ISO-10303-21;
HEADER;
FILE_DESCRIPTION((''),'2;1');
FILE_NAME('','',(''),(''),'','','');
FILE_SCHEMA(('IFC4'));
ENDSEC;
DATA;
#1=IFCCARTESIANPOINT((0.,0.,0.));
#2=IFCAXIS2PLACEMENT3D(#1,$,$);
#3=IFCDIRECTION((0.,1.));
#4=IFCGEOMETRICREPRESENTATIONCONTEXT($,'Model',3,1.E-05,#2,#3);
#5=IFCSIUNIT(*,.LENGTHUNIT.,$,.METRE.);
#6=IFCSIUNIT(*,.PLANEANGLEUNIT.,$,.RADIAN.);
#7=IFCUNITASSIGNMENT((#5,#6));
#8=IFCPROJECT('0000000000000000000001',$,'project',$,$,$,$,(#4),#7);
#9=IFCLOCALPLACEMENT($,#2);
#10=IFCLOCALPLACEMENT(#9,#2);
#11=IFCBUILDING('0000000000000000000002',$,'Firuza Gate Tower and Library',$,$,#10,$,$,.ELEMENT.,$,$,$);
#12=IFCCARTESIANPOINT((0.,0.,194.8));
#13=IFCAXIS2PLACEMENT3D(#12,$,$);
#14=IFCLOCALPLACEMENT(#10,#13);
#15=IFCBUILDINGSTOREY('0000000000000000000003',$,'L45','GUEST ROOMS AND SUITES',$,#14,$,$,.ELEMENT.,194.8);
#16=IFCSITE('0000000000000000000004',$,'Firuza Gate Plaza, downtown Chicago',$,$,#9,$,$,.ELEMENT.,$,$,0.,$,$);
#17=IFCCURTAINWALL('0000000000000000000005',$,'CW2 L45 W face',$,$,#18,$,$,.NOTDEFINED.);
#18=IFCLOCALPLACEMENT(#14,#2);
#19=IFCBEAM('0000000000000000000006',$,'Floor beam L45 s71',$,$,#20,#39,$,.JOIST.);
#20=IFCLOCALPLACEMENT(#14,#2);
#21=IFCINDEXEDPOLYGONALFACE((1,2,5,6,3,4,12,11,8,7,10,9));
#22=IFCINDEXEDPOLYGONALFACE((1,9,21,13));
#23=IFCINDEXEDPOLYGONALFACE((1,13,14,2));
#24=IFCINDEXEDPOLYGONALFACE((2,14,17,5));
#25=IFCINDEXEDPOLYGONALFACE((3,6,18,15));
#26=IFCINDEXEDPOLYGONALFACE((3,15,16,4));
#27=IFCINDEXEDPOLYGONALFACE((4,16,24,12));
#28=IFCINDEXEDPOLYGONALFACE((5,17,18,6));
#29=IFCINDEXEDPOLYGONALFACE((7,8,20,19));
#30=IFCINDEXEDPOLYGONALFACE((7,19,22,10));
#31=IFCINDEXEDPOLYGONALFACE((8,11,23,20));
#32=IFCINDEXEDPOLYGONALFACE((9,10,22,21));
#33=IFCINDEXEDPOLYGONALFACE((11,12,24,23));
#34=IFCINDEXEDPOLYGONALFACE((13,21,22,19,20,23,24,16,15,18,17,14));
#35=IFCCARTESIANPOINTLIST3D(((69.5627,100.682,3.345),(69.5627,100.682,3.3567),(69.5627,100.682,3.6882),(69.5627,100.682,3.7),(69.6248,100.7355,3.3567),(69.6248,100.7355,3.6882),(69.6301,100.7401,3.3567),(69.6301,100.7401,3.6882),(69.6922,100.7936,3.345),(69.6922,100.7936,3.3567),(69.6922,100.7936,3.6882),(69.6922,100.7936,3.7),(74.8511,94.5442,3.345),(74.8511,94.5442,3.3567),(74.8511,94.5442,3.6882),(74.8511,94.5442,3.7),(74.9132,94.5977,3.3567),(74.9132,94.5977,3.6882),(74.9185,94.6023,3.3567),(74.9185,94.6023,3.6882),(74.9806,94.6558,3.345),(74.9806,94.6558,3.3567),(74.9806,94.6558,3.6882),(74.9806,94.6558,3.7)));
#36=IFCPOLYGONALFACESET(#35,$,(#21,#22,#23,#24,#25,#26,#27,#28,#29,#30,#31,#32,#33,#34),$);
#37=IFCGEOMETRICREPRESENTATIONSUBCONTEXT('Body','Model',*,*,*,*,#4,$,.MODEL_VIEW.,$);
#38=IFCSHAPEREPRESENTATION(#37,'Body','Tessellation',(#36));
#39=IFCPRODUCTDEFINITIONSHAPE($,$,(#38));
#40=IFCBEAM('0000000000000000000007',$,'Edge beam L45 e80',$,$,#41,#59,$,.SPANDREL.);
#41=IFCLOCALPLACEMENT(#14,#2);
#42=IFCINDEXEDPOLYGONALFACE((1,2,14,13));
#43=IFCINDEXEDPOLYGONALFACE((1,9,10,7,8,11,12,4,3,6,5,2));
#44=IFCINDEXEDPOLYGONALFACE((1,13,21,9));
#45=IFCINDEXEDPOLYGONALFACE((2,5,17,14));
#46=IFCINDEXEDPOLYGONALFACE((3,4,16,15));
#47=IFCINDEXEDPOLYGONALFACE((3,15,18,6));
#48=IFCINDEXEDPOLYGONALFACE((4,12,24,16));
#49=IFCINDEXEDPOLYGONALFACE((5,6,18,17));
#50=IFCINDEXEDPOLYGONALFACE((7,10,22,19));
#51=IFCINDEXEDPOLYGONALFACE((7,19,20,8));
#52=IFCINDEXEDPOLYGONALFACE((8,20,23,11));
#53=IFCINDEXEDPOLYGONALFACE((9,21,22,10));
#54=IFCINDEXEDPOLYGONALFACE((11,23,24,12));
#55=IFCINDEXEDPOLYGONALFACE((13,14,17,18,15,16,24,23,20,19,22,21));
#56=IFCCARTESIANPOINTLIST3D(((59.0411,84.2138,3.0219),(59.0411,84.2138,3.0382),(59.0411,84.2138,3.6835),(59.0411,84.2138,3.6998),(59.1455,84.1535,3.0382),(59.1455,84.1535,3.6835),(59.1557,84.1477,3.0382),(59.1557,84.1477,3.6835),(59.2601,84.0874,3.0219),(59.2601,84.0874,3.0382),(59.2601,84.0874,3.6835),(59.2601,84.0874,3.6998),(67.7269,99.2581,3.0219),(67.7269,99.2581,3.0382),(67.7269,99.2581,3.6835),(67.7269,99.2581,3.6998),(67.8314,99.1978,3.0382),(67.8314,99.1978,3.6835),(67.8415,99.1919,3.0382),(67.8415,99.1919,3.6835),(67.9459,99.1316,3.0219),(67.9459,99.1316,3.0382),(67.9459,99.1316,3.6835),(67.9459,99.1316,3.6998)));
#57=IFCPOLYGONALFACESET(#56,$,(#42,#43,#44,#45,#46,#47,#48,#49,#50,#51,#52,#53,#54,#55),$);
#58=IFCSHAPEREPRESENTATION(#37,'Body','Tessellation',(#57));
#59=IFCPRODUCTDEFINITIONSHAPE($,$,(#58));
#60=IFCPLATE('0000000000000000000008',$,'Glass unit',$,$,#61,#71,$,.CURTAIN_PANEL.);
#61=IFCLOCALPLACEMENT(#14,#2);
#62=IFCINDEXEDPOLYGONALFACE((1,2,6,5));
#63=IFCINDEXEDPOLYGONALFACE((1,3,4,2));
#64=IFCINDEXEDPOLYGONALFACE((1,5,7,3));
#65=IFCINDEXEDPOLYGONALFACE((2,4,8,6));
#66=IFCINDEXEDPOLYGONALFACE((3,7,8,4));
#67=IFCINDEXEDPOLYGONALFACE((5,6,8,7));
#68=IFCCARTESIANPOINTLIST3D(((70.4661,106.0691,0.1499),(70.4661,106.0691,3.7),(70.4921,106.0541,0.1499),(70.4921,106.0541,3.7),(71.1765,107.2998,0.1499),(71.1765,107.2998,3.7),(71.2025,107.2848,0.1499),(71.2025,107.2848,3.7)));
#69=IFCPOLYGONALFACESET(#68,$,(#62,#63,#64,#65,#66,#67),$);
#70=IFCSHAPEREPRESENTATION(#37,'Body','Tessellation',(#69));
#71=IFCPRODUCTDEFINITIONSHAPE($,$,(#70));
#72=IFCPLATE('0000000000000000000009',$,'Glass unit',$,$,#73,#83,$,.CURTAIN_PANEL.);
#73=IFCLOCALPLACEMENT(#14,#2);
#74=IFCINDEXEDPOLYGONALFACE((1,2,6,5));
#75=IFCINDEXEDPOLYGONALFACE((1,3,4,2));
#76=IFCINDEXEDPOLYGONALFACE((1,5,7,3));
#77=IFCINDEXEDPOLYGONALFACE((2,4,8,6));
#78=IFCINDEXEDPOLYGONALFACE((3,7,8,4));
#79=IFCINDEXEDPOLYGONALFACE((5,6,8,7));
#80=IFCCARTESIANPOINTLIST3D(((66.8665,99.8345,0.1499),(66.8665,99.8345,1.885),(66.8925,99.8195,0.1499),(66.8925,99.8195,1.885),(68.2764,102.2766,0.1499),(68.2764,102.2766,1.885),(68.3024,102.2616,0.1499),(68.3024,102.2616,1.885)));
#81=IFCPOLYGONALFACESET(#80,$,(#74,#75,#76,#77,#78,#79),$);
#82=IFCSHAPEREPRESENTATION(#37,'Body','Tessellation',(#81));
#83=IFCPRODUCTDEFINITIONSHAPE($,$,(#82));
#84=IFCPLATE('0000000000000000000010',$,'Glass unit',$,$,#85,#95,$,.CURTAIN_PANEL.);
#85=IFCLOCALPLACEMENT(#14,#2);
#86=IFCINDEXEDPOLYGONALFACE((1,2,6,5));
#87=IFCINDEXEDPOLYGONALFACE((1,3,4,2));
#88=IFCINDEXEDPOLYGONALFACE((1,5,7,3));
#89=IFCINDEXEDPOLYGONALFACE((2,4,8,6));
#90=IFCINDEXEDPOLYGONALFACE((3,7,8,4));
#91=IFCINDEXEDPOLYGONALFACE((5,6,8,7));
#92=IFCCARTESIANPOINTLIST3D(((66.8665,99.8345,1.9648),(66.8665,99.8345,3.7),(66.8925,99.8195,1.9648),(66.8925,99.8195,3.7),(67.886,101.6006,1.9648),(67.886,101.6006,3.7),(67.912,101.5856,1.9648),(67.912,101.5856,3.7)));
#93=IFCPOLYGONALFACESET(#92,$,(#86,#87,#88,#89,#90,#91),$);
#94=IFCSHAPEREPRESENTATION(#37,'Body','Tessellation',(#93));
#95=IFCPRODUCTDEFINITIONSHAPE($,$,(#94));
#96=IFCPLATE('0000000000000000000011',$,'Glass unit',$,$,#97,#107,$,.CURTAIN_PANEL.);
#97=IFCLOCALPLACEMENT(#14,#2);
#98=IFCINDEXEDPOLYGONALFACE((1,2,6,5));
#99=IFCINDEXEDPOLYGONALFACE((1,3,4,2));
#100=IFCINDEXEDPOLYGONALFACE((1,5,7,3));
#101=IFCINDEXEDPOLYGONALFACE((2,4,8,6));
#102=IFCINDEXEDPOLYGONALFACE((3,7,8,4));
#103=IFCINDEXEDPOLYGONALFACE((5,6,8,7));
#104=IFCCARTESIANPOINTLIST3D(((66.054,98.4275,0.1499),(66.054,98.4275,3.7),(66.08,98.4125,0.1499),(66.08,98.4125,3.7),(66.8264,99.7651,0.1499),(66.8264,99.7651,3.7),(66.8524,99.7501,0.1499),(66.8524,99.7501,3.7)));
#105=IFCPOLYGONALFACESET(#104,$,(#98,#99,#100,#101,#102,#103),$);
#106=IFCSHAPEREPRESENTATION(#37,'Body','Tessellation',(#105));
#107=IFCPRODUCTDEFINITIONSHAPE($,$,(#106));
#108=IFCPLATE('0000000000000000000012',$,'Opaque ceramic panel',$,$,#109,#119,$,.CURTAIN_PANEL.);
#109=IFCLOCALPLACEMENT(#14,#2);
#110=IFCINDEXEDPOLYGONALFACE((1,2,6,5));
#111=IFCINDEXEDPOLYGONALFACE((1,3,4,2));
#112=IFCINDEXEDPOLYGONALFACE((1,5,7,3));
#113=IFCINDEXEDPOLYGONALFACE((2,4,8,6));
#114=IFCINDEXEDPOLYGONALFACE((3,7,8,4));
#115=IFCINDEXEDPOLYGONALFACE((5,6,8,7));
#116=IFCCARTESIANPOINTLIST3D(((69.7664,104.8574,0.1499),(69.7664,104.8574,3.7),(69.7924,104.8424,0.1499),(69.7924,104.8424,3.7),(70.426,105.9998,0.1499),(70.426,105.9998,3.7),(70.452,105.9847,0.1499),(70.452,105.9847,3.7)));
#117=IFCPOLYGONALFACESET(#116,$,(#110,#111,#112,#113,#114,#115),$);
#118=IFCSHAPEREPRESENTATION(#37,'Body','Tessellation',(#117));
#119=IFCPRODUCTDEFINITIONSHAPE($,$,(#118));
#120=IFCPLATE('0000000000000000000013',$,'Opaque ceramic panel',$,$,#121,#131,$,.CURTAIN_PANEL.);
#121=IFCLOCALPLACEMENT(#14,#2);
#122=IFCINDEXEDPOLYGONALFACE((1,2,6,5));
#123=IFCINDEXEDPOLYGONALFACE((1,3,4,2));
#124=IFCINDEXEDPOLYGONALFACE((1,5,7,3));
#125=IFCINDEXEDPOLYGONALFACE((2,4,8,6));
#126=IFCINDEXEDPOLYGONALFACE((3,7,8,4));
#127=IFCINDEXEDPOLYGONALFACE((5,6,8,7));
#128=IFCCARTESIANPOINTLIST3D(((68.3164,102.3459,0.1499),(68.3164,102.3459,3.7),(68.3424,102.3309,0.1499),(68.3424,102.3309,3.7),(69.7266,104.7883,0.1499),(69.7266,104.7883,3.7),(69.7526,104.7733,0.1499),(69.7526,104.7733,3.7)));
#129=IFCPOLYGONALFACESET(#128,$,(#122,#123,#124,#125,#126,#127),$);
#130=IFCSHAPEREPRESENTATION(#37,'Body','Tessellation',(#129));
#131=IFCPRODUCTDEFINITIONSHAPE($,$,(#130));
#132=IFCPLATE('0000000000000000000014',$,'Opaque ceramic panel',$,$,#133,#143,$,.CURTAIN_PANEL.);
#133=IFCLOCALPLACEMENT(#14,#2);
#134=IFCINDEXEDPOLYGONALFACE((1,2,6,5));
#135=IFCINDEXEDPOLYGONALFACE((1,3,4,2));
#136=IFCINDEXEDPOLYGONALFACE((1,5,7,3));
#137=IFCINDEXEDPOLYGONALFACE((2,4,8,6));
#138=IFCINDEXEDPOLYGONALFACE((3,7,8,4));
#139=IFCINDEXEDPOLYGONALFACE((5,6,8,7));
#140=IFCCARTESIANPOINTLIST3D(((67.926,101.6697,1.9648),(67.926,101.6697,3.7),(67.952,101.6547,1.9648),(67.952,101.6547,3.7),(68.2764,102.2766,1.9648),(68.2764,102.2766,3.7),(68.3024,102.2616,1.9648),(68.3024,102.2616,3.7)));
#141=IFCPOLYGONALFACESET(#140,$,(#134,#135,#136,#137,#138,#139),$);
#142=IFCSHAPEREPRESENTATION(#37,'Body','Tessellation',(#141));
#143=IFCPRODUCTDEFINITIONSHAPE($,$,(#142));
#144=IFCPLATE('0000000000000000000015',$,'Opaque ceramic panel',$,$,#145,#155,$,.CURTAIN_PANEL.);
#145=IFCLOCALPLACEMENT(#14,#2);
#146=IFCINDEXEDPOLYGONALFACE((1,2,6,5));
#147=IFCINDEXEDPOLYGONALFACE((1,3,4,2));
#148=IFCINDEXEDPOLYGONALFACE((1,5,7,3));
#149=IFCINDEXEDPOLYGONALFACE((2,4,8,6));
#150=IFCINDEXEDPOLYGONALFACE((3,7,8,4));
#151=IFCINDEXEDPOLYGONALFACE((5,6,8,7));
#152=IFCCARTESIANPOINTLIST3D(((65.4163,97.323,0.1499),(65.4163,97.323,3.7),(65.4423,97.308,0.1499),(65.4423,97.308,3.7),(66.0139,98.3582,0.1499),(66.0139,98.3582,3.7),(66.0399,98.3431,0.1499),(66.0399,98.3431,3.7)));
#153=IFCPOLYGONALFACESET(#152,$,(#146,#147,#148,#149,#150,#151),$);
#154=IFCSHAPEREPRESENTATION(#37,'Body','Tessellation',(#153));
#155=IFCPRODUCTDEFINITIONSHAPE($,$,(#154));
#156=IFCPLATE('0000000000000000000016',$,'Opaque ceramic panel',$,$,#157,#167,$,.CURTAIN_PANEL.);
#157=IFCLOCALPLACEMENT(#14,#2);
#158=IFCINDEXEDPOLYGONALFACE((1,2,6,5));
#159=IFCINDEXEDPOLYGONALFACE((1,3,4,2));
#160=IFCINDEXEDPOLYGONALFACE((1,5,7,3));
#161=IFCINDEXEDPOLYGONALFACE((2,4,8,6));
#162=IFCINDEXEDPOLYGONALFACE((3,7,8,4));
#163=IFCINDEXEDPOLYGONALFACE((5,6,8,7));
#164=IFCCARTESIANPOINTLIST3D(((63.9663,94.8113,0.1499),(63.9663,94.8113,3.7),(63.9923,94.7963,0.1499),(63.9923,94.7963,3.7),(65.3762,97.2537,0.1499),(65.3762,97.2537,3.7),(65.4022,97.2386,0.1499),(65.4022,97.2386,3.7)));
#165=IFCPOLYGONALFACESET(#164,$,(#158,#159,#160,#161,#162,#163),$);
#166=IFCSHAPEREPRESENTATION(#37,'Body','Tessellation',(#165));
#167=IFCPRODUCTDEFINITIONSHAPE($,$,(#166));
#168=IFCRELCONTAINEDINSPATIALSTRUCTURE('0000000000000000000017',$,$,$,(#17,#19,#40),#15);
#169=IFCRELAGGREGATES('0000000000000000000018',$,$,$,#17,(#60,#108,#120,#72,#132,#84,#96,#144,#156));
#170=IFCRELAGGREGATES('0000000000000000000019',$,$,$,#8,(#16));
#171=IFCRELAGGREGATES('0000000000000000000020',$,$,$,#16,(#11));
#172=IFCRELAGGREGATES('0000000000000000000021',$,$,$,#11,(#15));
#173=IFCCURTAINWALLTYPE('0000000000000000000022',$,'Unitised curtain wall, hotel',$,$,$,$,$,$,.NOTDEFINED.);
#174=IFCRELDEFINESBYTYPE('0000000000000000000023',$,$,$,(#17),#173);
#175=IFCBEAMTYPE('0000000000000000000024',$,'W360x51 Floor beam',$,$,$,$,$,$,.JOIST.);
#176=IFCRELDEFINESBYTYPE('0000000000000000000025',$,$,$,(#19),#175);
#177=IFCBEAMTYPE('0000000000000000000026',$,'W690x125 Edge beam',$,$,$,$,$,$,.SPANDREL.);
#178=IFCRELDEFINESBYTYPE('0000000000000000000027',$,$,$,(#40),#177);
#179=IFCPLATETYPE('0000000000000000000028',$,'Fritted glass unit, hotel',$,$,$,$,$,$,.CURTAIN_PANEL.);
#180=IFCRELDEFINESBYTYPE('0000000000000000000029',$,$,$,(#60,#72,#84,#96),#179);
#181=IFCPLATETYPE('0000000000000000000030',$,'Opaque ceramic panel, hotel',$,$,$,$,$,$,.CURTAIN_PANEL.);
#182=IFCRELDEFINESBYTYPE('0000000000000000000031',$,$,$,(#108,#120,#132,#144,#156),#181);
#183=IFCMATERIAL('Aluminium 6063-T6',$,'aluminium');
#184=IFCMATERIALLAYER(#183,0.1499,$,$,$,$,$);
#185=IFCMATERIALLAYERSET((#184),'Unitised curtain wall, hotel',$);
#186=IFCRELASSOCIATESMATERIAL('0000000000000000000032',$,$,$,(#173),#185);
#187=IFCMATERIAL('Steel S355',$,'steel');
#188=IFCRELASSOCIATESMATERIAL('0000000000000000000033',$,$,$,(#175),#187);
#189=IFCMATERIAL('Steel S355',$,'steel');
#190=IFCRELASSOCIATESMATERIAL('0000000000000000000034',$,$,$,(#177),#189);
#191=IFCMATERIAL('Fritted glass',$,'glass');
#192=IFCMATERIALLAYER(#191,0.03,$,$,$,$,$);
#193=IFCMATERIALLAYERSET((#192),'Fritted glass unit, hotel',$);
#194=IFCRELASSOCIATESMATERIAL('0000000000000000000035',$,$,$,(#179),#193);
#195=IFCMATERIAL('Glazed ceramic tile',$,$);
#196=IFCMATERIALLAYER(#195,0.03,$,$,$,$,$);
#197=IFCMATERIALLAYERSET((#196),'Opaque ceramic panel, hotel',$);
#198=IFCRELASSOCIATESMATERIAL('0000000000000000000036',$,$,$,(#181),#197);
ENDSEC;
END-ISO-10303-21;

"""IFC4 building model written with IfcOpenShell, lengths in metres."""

from ifc_helpers import new_model, si_unit, direction, frame, origin, origin_2d, place, context, subcontext, project, spatial, polyline, i_section, outline, extrude, material, layer, layer_set, material_profile, profile_set, type_object, element, aggregate, save


model = new_model("IFC4")

# Units and contexts
model_context = context("Model", 3, precision=1e-05, world=origin(), true_north=direction((0.0, 1.0)))
body_context = subcontext(model_context, "Body", "Model", "MODEL_VIEW")
ifc_project = project(units=[si_unit("LENGTHUNIT", "METRE"), si_unit("PLANEANGLEUNIT", "RADIAN")], contexts=[model_context])

# Site, building, storey
site_placement = place(None, origin())
site = spatial("IfcSite", under=ifc_project, at=site_placement, Name="Firuza Gate Plaza, downtown Chicago", CompositionType="ELEMENT", RefElevation=0.0)
building_placement = place(site_placement, origin())
building = spatial("IfcBuilding", under=site, at=building_placement, Name="Firuza Gate Tower and Library", CompositionType="ELEMENT")
storey_placement = place(building_placement, frame((0.0, 0.0, 194.8)))
storey = spatial("IfcBuildingStorey", under=building, at=storey_placement, Name="L45", Description="GUEST ROOMS AND SUITES", CompositionType="ELEMENT", Elevation=194.8)

# Curtain wall
ifc_material_1 = material(Name="Aluminium 6063-T6", Category="aluminium")
ifc_layer_1 = layer(ifc_material_1, 0.1499)
ifc_layer_set_1 = layer_set([ifc_layer_1], Name="Unitised curtain wall, hotel")
curtain_wall_type = type_object("IfcCurtainWallType", Name="Unitised curtain wall, hotel", PredefinedType="NOTDEFINED", material=ifc_layer_set_1)
curtain_wall_placement = place(storey_placement, origin())
curtain_wall = element("IfcCurtainWall", 1, at=curtain_wall_placement, inside=storey, type_object=curtain_wall_type, Name="CW2 L45 W face", PredefinedType="NOTDEFINED")

# Beams
ifc_material_2 = material(Name="Steel S355", Category="steel")
ifc_material_profile_1 = material_profile(ifc_material_2, i_section(OverallWidth=0.1709, OverallDepth=0.355, WebThickness=0.0071, FlangeThickness=0.0117, at=origin_2d()))
ifc_profile_set_1 = profile_set([ifc_material_profile_1], Name="Steel S355")
beam_type_1 = type_object("IfcBeamType", Name="W360x51 Floor beam", PredefinedType="JOIST", material=ifc_profile_set_1)
beam_1_placement = place(storey_placement, frame((69.6274, 100.7378, 3.5225), z_axis=(0.652742, -0.75758, 0.0), x_axis=(0.75758, 0.652742, 0.0)))
element("IfcBeam", 2, at=beam_1_placement, inside=storey, type_object=beam_type_1, Name="Floor beam L45 s71", PredefinedType="JOIST", context=body_context, shape_type="SweptSolid", body=[
    extrude(i_section(OverallWidth=0.1709, OverallDepth=0.355, WebThickness=0.0071, FlangeThickness=0.0117, at=origin_2d()), origin(), (0.0, 0.0, 1.0), 8.1018),
])
ifc_material_3 = material(Name="Steel S355", Category="steel")
ifc_material_profile_2 = material_profile(ifc_material_3, i_section(OverallWidth=0.2529, OverallDepth=0.678, WebThickness=0.0117, FlangeThickness=0.0164, at=origin_2d()))
ifc_profile_set_2 = profile_set([ifc_material_profile_2], Name="Steel S355")
beam_type_2 = type_object("IfcBeamType", Name="W690x125 Edge beam", PredefinedType="SPANDREL", material=ifc_profile_set_2)
beam_2_placement = place(storey_placement, frame((67.8364, 99.1948, 3.3608), z_axis=(-0.500001, -0.866025, 0.0), x_axis=(0.866025, -0.500001, 0.0)))
element("IfcBeam", 3, at=beam_2_placement, inside=storey, type_object=beam_type_2, Name="Edge beam L45 e80", PredefinedType="SPANDREL", context=body_context, shape_type="SweptSolid", body=[
    extrude(i_section(OverallWidth=0.2529, OverallDepth=0.678, WebThickness=0.0117, FlangeThickness=0.0164, at=origin_2d()), origin(), (0.0, 0.0, 1.0), 17.3716),
])

# Plates
ifc_material_4 = material(Name="Fritted glass", Category="glass")
ifc_layer_2 = layer(ifc_material_4, 0.03)
ifc_layer_set_2 = layer_set([ifc_layer_2], Name="Fritted glass unit, hotel")
plate_type_1 = type_object("IfcPlateType", Name="Fritted glass unit, hotel", PredefinedType="CURTAIN_PANEL", material=ifc_layer_set_2)
plate_1_placement = place(storey_placement, frame((71.1765, 107.2998, 0.1499), z_axis=(-0.866057, 0.499946, 0.0), x_axis=(-0.499946, -0.866057, 0.0)))
plate_1 = element("IfcPlate", 4, at=plate_1_placement, type_object=plate_type_1, Name="Glass unit", PredefinedType="CURTAIN_PANEL", context=body_context, shape_type="SweptSolid", body=[
    extrude(outline(polyline([(0.0, 0.0), (1.4211, 0.0), (1.4211, 3.55), (0.0, 3.55), (0.0, 0.0)])), origin(), (0.0, 0.0, -1.0), 0.03),
])
plate_2_placement = place(storey_placement, frame((68.2764, 102.2766, 0.1499), z_axis=(-0.866034, 0.499985, 0.0), x_axis=(-0.499985, -0.866034, 0.0)))
plate_2 = element("IfcPlate", 5, at=plate_2_placement, type_object=plate_type_1, Name="Glass unit", PredefinedType="CURTAIN_PANEL", context=body_context, shape_type="SweptSolid", body=[
    extrude(outline(polyline([(0.0, 0.0), (2.8199, 0.0), (2.8199, 1.7351), (0.0, 1.7351), (0.0, 0.0)])), origin(), (0.0, 0.0, -1.0), 0.03),
])
plate_3_placement = place(storey_placement, frame((67.886, 101.6006, 1.9648), z_axis=(-0.866054, 0.49995, 0.0), x_axis=(-0.49995, -0.866054, 0.0)))
plate_3 = element("IfcPlate", 6, at=plate_3_placement, type_object=plate_type_1, Name="Glass unit", PredefinedType="CURTAIN_PANEL", context=body_context, shape_type="SweptSolid", body=[
    extrude(outline(polyline([(0.0, 0.0), (2.0393, 0.0), (2.0393, 1.7351), (0.0, 1.7351), (0.0, 0.0)])), origin(), (0.0, 0.0, -1.0), 0.03),
])
plate_4_placement = place(storey_placement, frame((66.8264, 99.7651, 0.1499), z_axis=(-0.865978, 0.500083, 0.0), x_axis=(-0.500083, -0.865978, 0.0)))
plate_4 = element("IfcPlate", 7, at=plate_4_placement, type_object=plate_type_1, Name="Glass unit", PredefinedType="CURTAIN_PANEL", context=body_context, shape_type="SweptSolid", body=[
    extrude(outline(polyline([(0.0, 0.0), (1.5447, 0.0), (1.5447, 3.55), (0.0, 3.55), (0.0, 0.0)])), origin(), (0.0, 0.0, -1.0), 0.03),
])
ifc_material_5 = material(Name="Glazed ceramic tile")
ifc_layer_3 = layer(ifc_material_5, 0.03)
ifc_layer_set_3 = layer_set([ifc_layer_3], Name="Opaque ceramic panel, hotel")
plate_type_2 = type_object("IfcPlateType", Name="Opaque ceramic panel, hotel", PredefinedType="CURTAIN_PANEL", material=ifc_layer_set_3)
plate_5_placement = place(storey_placement, frame((70.426, 105.9998, 0.1499), z_axis=(-0.865979, 0.50008, 0.0), x_axis=(-0.50008, -0.865979, 0.0)))
plate_5 = element("IfcPlate", 8, at=plate_5_placement, type_object=plate_type_2, Name="Opaque ceramic panel", PredefinedType="CURTAIN_PANEL", context=body_context, shape_type="SweptSolid", body=[
    extrude(outline(polyline([(0.0, 0.0), (1.3191, 0.0), (1.3191, 3.55), (0.0, 3.55), (0.0, 0.0)])), origin(), (0.0, 0.0, -1.0), 0.03),
])
plate_6_placement = place(storey_placement, frame((69.7266, 104.7883, 0.1499), z_axis=(-0.866018, 0.500012, 0.0), x_axis=(-0.500012, -0.866018, 0.0)))
plate_6 = element("IfcPlate", 9, at=plate_6_placement, type_object=plate_type_2, Name="Opaque ceramic panel", PredefinedType="CURTAIN_PANEL", context=body_context, shape_type="SweptSolid", body=[
    extrude(outline(polyline([(0.0, 0.0), (2.8202, 0.0), (2.8202, 3.55), (0.0, 3.55), (0.0, 0.0)])), origin(), (0.0, 0.0, -1.0), 0.03),
])
plate_7_placement = place(storey_placement, frame((68.2764, 102.2766, 1.9648), z_axis=(-0.86607, 0.499924, 0.0), x_axis=(-0.499924, -0.86607, 0.0)))
plate_7 = element("IfcPlate", 10, at=plate_7_placement, type_object=plate_type_2, Name="Opaque ceramic panel", PredefinedType="CURTAIN_PANEL", context=body_context, shape_type="SweptSolid", body=[
    extrude(outline(polyline([(0.0, 0.0), (0.7008, 0.0), (0.7008, 1.7351), (0.0, 1.7351), (0.0, 0.0)])), origin(), (0.0, 0.0, -1.0), 0.03),
])
plate_8_placement = place(storey_placement, frame((66.0139, 98.3582, 0.1499), z_axis=(-0.866022, 0.500005, 0.0), x_axis=(-0.500005, -0.866022, 0.0)))
plate_8 = element("IfcPlate", 11, at=plate_8_placement, type_object=plate_type_2, Name="Opaque ceramic panel", PredefinedType="CURTAIN_PANEL", context=body_context, shape_type="SweptSolid", body=[
    extrude(outline(polyline([(0.0, 0.0), (1.1953, 0.0), (1.1953, 3.55), (0.0, 3.55), (0.0, 0.0)])), origin(), (0.0, 0.0, -1.0), 0.03),
])
plate_9_placement = place(storey_placement, frame((65.3762, 97.2537, 0.1499), z_axis=(-0.866056, 0.499947, 0.0), x_axis=(-0.499947, -0.866056, 0.0)))
plate_9 = element("IfcPlate", 12, at=plate_9_placement, type_object=plate_type_2, Name="Opaque ceramic panel", PredefinedType="CURTAIN_PANEL", context=body_context, shape_type="SweptSolid", body=[
    extrude(outline(polyline([(0.0, 0.0), (2.8201, 0.0), (2.8201, 3.55), (0.0, 3.55), (0.0, 0.0)])), origin(), (0.0, 0.0, -1.0), 0.03),
])
aggregate(curtain_wall, [plate_1, plate_5, plate_6, plate_2, plate_7, plate_3, plate_4, plate_8, plate_9])

save(model, "model.ifc")
